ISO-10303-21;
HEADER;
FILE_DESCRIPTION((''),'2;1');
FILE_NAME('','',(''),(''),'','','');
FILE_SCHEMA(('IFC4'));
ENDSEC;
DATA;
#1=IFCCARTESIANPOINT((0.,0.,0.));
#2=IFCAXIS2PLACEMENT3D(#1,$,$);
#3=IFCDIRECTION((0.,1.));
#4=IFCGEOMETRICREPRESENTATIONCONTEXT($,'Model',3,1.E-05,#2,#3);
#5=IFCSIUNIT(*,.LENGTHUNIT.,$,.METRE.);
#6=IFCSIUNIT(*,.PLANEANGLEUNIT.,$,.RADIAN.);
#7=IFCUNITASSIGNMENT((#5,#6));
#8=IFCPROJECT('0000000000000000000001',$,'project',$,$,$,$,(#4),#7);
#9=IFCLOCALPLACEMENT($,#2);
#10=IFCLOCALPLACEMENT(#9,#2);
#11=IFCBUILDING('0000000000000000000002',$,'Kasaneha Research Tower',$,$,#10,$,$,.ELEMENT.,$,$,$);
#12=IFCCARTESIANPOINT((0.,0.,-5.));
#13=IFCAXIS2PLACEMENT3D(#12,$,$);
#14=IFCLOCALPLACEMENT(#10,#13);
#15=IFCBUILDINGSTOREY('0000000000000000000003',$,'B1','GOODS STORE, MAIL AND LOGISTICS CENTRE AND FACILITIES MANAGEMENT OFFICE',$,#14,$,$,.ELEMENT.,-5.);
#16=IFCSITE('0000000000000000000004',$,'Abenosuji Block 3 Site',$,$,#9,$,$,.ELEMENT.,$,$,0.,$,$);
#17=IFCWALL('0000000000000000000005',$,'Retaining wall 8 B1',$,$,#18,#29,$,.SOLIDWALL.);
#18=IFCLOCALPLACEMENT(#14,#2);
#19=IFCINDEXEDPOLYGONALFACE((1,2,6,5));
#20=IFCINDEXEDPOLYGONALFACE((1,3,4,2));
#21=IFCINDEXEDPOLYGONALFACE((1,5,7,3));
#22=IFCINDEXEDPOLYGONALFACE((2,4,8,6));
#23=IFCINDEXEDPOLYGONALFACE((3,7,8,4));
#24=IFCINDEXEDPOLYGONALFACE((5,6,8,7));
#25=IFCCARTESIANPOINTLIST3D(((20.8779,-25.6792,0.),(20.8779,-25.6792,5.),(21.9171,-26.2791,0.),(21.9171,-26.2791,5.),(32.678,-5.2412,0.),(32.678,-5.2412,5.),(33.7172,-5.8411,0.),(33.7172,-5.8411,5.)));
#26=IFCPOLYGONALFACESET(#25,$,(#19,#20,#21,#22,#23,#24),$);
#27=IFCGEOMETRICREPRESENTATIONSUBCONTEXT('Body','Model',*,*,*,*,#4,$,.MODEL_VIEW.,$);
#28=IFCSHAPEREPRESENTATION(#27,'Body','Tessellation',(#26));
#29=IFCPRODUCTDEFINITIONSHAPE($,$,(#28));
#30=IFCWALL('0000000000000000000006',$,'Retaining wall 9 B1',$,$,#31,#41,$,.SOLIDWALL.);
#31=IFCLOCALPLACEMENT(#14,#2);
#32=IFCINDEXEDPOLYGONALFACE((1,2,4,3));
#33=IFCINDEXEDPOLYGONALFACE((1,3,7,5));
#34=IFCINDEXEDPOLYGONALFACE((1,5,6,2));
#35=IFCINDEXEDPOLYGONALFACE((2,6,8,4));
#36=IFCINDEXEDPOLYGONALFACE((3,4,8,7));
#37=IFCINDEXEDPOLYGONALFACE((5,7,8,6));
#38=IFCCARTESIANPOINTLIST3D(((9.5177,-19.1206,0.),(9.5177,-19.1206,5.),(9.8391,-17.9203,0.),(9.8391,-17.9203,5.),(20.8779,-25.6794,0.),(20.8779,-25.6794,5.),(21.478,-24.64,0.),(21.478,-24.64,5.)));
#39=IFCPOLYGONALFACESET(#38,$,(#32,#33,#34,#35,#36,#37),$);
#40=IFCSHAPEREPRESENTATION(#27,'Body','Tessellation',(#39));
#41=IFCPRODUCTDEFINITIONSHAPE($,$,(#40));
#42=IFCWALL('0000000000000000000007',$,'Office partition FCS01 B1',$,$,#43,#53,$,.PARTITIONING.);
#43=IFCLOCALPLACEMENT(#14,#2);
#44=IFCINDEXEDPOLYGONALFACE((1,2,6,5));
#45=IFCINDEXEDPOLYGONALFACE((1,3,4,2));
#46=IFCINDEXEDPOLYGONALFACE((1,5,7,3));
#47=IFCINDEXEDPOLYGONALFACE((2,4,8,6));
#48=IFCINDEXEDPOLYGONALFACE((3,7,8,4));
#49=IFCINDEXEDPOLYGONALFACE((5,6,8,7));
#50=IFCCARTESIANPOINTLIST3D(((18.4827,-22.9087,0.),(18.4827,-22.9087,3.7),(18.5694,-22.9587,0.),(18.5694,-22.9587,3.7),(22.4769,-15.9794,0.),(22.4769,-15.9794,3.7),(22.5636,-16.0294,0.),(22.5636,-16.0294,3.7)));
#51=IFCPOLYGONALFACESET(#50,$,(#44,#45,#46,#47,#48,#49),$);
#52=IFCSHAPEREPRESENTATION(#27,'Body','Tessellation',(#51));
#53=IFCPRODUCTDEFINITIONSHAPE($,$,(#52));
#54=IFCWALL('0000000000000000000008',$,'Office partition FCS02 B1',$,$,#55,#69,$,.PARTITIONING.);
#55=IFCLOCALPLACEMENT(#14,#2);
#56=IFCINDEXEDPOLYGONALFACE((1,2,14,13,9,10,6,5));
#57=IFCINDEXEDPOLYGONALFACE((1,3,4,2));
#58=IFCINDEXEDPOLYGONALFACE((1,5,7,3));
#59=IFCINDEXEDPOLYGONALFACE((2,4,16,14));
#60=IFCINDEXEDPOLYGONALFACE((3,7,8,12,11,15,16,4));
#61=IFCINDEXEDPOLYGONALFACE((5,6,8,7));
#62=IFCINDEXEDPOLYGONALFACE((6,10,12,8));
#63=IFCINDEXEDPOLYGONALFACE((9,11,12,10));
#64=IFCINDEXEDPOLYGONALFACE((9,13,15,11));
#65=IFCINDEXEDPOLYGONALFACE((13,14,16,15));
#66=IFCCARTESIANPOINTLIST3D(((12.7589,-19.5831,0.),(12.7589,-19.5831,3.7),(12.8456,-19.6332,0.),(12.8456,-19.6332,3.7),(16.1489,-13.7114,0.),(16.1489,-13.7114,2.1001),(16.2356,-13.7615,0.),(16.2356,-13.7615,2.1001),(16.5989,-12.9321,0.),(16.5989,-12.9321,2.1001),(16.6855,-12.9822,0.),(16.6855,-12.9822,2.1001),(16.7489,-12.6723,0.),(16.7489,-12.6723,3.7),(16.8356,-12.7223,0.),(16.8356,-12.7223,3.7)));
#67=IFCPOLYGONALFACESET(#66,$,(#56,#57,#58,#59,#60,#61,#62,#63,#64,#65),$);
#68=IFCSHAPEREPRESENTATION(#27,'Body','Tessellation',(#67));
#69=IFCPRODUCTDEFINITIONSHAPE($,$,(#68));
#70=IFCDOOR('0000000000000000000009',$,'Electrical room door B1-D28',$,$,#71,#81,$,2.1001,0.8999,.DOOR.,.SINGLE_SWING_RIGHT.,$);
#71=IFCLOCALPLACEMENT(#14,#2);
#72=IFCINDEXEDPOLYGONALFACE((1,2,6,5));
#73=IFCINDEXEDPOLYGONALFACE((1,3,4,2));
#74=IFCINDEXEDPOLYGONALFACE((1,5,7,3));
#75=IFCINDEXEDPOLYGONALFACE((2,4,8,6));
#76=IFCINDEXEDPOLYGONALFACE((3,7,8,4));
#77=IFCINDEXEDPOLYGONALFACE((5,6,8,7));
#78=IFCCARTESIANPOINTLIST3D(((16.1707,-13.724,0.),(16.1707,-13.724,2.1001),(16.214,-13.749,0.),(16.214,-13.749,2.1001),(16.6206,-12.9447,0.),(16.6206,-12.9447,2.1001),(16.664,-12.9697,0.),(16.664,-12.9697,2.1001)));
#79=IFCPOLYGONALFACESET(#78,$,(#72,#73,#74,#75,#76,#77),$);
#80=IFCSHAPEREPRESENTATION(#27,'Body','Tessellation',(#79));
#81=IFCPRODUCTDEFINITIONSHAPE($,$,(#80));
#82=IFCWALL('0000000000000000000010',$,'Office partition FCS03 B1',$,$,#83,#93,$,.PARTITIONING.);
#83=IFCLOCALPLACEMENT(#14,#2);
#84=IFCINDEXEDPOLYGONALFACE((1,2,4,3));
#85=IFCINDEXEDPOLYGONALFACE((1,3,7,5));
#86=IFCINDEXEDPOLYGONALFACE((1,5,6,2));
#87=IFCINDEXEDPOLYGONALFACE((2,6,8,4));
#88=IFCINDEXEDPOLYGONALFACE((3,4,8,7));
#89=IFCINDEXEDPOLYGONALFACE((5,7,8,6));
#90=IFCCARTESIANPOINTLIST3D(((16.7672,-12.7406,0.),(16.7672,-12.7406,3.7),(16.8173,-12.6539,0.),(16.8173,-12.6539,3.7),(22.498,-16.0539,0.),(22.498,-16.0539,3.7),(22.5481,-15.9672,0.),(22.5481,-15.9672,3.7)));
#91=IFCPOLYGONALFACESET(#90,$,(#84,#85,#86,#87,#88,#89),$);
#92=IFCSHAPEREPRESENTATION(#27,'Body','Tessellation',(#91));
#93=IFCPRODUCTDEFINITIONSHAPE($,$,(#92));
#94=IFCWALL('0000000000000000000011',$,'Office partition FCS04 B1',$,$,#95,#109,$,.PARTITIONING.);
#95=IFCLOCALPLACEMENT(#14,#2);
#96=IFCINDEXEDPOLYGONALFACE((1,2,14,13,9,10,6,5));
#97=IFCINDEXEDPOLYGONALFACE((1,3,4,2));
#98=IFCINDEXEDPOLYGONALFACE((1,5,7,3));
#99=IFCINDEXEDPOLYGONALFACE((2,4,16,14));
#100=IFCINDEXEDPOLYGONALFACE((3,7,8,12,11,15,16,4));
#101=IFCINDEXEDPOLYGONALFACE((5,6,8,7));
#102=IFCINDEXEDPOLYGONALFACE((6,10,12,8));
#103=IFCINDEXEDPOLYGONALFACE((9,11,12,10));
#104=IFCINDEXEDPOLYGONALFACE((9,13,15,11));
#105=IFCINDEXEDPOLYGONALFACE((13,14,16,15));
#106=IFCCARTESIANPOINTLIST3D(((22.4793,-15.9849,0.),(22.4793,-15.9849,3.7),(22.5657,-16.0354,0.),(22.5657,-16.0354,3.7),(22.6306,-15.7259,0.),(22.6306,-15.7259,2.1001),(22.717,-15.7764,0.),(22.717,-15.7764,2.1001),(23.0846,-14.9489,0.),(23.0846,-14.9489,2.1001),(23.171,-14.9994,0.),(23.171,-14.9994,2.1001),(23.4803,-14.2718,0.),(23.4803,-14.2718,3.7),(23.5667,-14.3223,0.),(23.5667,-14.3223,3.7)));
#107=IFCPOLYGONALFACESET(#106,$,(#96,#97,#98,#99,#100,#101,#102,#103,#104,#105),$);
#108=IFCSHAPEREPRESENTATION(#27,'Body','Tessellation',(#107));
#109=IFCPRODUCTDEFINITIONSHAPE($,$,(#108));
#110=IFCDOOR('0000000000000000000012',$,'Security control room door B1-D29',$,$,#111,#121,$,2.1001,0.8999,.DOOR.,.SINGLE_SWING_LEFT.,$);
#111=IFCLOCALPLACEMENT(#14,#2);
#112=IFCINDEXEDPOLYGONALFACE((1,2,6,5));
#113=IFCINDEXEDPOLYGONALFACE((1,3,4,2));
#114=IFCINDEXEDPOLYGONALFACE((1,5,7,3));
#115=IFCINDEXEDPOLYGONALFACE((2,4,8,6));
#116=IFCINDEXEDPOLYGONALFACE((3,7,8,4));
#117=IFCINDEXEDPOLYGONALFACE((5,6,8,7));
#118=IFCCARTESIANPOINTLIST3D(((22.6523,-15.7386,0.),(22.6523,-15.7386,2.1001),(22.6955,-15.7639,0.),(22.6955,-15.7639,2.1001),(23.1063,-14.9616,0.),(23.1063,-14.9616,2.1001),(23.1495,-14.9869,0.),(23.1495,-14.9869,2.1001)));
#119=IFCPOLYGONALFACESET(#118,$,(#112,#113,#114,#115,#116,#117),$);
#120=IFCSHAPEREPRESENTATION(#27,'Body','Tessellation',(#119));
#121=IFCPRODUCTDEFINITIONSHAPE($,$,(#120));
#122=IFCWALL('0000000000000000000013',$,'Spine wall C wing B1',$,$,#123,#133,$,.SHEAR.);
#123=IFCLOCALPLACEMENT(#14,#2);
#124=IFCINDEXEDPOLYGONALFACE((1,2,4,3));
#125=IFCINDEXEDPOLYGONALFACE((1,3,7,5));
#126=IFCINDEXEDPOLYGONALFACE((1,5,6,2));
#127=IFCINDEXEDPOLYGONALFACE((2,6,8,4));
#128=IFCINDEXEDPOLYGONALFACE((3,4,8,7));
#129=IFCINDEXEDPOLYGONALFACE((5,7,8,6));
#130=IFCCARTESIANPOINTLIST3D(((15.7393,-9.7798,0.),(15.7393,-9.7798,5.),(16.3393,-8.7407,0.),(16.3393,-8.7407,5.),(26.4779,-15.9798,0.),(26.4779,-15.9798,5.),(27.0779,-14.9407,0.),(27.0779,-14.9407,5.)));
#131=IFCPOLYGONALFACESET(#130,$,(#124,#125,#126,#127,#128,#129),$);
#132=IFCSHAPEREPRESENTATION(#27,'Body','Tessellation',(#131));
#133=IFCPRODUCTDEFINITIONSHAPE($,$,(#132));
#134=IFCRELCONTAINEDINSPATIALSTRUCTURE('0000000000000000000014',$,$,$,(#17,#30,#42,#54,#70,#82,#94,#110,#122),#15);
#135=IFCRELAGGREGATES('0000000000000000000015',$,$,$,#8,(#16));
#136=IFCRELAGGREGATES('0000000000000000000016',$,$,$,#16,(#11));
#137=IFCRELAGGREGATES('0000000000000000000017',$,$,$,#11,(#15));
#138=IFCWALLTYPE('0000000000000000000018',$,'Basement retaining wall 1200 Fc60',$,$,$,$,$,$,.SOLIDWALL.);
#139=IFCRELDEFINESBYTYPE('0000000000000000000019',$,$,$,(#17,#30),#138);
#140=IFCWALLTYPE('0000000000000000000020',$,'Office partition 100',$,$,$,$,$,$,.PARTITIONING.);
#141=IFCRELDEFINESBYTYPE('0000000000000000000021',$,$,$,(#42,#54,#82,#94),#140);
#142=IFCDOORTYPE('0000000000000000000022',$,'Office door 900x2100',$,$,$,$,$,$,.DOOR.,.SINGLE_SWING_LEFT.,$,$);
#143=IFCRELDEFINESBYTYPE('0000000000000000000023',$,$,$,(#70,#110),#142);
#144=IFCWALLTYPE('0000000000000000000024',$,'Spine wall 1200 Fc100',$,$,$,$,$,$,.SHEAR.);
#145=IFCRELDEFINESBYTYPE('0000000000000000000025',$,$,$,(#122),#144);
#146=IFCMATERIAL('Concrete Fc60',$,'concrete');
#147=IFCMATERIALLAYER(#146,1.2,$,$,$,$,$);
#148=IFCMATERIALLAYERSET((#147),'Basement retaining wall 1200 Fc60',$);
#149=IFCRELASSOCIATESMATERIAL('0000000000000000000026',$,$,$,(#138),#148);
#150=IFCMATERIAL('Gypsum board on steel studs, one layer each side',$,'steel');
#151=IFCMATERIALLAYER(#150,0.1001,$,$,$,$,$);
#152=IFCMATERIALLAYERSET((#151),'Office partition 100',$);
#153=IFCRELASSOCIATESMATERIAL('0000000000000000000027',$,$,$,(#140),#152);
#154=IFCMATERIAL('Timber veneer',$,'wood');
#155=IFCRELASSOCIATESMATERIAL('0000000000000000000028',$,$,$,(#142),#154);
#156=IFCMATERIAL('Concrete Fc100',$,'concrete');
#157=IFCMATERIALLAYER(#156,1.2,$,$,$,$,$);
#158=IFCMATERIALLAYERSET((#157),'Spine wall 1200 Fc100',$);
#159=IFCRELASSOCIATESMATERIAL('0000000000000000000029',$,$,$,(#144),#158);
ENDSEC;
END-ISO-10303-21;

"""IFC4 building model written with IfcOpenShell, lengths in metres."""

from ifc_helpers import new_model, si_unit, direction, frame, frame_2d, origin, place, context, subcontext, project, spatial, polyline, rectangle, outline, extrude, material, layer, layer_set, type_object, element, fill, save


model = new_model("IFC4")

# Units and contexts
model_context = context("Model", 3, precision=1e-05, world=origin(), true_north=direction((0.0, 1.0)))
body_context = subcontext(model_context, "Body", "Model", "MODEL_VIEW")
ifc_project = project(units=[si_unit("LENGTHUNIT", "METRE"), si_unit("PLANEANGLEUNIT", "RADIAN")], contexts=[model_context])

# Site, building, storey
site_placement = place(None, origin())
site = spatial("IfcSite", under=ifc_project, at=site_placement, Name="Abenosuji Block 3 Site", CompositionType="ELEMENT", RefElevation=0.0)
building_placement = place(site_placement, origin())
building = spatial("IfcBuilding", under=site, at=building_placement, Name="Kasaneha Research Tower", CompositionType="ELEMENT")
storey_placement = place(building_placement, frame((0.0, 0.0, -5.0)))
storey = spatial("IfcBuildingStorey", under=building, at=storey_placement, Name="B1", Description="GOODS STORE, MAIL AND LOGISTICS CENTRE AND FACILITIES MANAGEMENT OFFICE", CompositionType="ELEMENT", Elevation=-5.0)

# Walls
ifc_material_1 = material(Name="Concrete Fc60", Category="concrete")
ifc_layer_1 = layer(ifc_material_1, 1.2)
ifc_layer_set_1 = layer_set([ifc_layer_1], Name="Basement retaining wall 1200 Fc60")
wall_type_1 = type_object("IfcWallType", Name="Basement retaining wall 1200 Fc60", PredefinedType="SOLIDWALL", material=ifc_layer_set_1)
wall_1_placement = place(storey_placement, frame((33.1975, -5.5413, 0.0), z_axis=(0.0, 0.0, 1.0), x_axis=(-0.500005, -0.866022, 0.0)))
element("IfcWall", 1, at=wall_1_placement, inside=storey, type_object=wall_type_1, Name="Retaining wall 8 B1", PredefinedType="SOLIDWALL", context=body_context, shape_type="SweptSolid", body=[
    extrude(rectangle(XDim=23.5999, YDim=1.2, at=frame_2d((11.7998, 0.0))), origin(), (0.0, 0.0, 1.0), 5.0),
])
wall_2_placement = place(storey_placement, frame((21.178, -25.1597, 0.0), z_axis=(0.0, 0.0, 1.0), x_axis=(-0.866028, 0.499995, 0.0)))
element("IfcWall", 2, at=wall_2_placement, inside=storey, type_object=wall_type_1, Name="Retaining wall 9 B1", PredefinedType="SOLIDWALL", context=body_context, shape_type="SweptSolid", body=[
    extrude(outline(polyline([(0.0, -0.6001), (13.4395, -0.6001), (13.1177, 0.6001), (0.0, 0.6001), (0.0, -0.6001)])), origin(), (0.0, 0.0, 1.0), 5.0),
])
ifc_material_2 = material(Name="Gypsum board on steel studs, one layer each side", Category="steel")
ifc_layer_2 = layer(ifc_material_2, 0.1001)
ifc_layer_set_2 = layer_set([ifc_layer_2], Name="Office partition 100")
wall_type_2 = type_object("IfcWallType", Name="Office partition 100", PredefinedType="PARTITIONING", material=ifc_layer_set_2)
wall_3_placement = place(storey_placement, frame((22.5203, -16.0044, 0.0), z_axis=(0.0, 0.0, 1.0), x_axis=(-0.499396, -0.866374, 0.0)))
element("IfcWall", 3, at=wall_3_placement, inside=storey, type_object=wall_type_2, Name="Office partition FCS01 B1", PredefinedType="PARTITIONING", context=body_context, shape_type="SweptSolid", body=[
    extrude(rectangle(XDim=7.998, YDim=0.1001, at=frame_2d((3.999, 0.0))), origin(), (0.0, 0.0, 1.0), 3.7),
])

# Wall, opening, door
wall_4_placement = place(storey_placement, frame((12.8022, -19.6082, 0.0), z_axis=(0.0, 0.0, 1.0), x_axis=(0.499999, 0.866026, 0.0)))
wall_4 = element("IfcWall", 4, at=wall_4_placement, inside=storey, type_object=wall_type_2, Name="Office partition FCS02 B1", PredefinedType="PARTITIONING", context=body_context, shape_type="SweptSolid", body=[
    extrude(rectangle(XDim=7.98, YDim=0.1001, at=frame_2d((3.99, 0.0))), origin(), (0.0, 0.0, 1.0), 3.7),
])
opening_1_placement = place(wall_4_placement, frame((6.78, 0.0, 0.0)))
opening_1 = element("IfcOpeningElement", 5, at=opening_1_placement, cuts=wall_4, PredefinedType="OPENING", context=body_context, shape_type="SweptSolid", body=[
    extrude(rectangle(XDim=0.8999, YDim=2.1001, at=frame_2d((0.45, 1.05))), frame((0.0, 0.0601, 0.0), z_axis=(0.0, -1.0, 0.0), x_axis=(1.0, 0.0, 0.0)), (0.0, 0.0, 1.0), 0.1201),
])
ifc_material_3 = material(Name="Timber veneer", Category="wood")
door_type = type_object("IfcDoorType", Name="Office door 900x2100", OperationType="SINGLE_SWING_LEFT", PredefinedType="DOOR", material=ifc_material_3)
door_1_placement = place(opening_1_placement, origin())
door_1 = element("IfcDoor", 6, at=door_1_placement, inside=storey, type_object=door_type, Name="Electrical room door B1-D28", OperationType="SINGLE_SWING_RIGHT", OverallHeight=2.1001, OverallWidth=0.8999, PredefinedType="DOOR", context=body_context, shape_type="SweptSolid", body=[
    extrude(rectangle(XDim=0.8999, YDim=2.1001, at=frame_2d((0.45, 1.05))), frame((0.0, 0.0249, 0.0), z_axis=(0.0, -1.0, 0.0), x_axis=(1.0, 0.0, 0.0)), (0.0, 0.0, 1.0), 0.05),
])
fill(opening_1, door_1)

# Wall
wall_5_placement = place(storey_placement, frame((16.7922, -12.6973, 0.0), z_axis=(0.0, 0.0, 1.0), x_axis=(0.865724, -0.500522, 0.0)))
element("IfcWall", 7, at=wall_5_placement, inside=storey, type_object=wall_type_2, Name="Office partition FCS03 B1", PredefinedType="PARTITIONING", context=body_context, shape_type="SweptSolid", body=[
    extrude(rectangle(XDim=6.6196, YDim=0.1001, at=frame_2d((3.3098, 0.0))), origin(), (0.0, 0.0, 1.0), 3.7),
])

# Wall, opening, door
wall_6_placement = place(storey_placement, frame((22.5225, -16.0103, 0.0), z_axis=(0.0, 0.0, 1.0), x_axis=(0.504491, 0.863417, 0.0)))
wall_6 = element("IfcWall", 8, at=wall_6_placement, inside=storey, type_object=wall_type_2, Name="Office partition FCS04 B1", PredefinedType="PARTITIONING", context=body_context, shape_type="SweptSolid", body=[
    extrude(rectangle(XDim=1.9841, YDim=0.1001, at=frame_2d((0.9922, 0.0))), origin(), (0.0, 0.0, 1.0), 3.7),
])
opening_2_placement = place(wall_6_placement, frame((0.3, 0.0, 0.0)))
opening_2 = element("IfcOpeningElement", 9, at=opening_2_placement, cuts=wall_6, PredefinedType="OPENING", context=body_context, shape_type="SweptSolid", body=[
    extrude(rectangle(XDim=0.8999, YDim=2.1001, at=frame_2d((0.45, 1.05))), frame((0.0, 0.0601, 0.0), z_axis=(0.0, -1.0, 0.0), x_axis=(1.0, 0.0, 0.0)), (0.0, 0.0, 1.0), 0.1201),
])
door_2_placement = place(opening_2_placement, origin())
door_2 = element("IfcDoor", 10, at=door_2_placement, inside=storey, type_object=door_type, Name="Security control room door B1-D29", OperationType="SINGLE_SWING_LEFT", OverallHeight=2.1001, OverallWidth=0.8999, PredefinedType="DOOR", context=body_context, shape_type="SweptSolid", body=[
    extrude(rectangle(XDim=0.8999, YDim=2.1001, at=frame_2d((0.45, 1.05))), frame((0.0, 0.0249, 0.0), z_axis=(0.0, -1.0, 0.0), x_axis=(1.0, 0.0, 0.0)), (0.0, 0.0, 1.0), 0.05),
])
fill(opening_2, door_2)

# Wall
ifc_material_4 = material(Name="Concrete Fc100", Category="concrete")
ifc_layer_3 = layer(ifc_material_4, 1.2)
ifc_layer_set_3 = layer_set([ifc_layer_3], Name="Spine wall 1200 Fc100")
wall_type_3 = type_object("IfcWallType", Name="Spine wall 1200 Fc100", PredefinedType="SHEAR", material=ifc_layer_set_3)
wall_7_placement = place(storey_placement, frame((16.0393, -9.2603, 0.0), z_axis=(0.0, 0.0, 1.0), x_axis=(0.866023, -0.500004, 0.0)))
element("IfcWall", 11, at=wall_7_placement, inside=storey, type_object=wall_type_3, Name="Spine wall C wing B1", PredefinedType="SHEAR", context=body_context, shape_type="SweptSolid", body=[
    extrude(rectangle(XDim=12.3999, YDim=1.2, at=frame_2d((6.2, 0.0))), origin(), (0.0, 0.0, 1.0), 5.0),
])

save(model, "model.ifc")
